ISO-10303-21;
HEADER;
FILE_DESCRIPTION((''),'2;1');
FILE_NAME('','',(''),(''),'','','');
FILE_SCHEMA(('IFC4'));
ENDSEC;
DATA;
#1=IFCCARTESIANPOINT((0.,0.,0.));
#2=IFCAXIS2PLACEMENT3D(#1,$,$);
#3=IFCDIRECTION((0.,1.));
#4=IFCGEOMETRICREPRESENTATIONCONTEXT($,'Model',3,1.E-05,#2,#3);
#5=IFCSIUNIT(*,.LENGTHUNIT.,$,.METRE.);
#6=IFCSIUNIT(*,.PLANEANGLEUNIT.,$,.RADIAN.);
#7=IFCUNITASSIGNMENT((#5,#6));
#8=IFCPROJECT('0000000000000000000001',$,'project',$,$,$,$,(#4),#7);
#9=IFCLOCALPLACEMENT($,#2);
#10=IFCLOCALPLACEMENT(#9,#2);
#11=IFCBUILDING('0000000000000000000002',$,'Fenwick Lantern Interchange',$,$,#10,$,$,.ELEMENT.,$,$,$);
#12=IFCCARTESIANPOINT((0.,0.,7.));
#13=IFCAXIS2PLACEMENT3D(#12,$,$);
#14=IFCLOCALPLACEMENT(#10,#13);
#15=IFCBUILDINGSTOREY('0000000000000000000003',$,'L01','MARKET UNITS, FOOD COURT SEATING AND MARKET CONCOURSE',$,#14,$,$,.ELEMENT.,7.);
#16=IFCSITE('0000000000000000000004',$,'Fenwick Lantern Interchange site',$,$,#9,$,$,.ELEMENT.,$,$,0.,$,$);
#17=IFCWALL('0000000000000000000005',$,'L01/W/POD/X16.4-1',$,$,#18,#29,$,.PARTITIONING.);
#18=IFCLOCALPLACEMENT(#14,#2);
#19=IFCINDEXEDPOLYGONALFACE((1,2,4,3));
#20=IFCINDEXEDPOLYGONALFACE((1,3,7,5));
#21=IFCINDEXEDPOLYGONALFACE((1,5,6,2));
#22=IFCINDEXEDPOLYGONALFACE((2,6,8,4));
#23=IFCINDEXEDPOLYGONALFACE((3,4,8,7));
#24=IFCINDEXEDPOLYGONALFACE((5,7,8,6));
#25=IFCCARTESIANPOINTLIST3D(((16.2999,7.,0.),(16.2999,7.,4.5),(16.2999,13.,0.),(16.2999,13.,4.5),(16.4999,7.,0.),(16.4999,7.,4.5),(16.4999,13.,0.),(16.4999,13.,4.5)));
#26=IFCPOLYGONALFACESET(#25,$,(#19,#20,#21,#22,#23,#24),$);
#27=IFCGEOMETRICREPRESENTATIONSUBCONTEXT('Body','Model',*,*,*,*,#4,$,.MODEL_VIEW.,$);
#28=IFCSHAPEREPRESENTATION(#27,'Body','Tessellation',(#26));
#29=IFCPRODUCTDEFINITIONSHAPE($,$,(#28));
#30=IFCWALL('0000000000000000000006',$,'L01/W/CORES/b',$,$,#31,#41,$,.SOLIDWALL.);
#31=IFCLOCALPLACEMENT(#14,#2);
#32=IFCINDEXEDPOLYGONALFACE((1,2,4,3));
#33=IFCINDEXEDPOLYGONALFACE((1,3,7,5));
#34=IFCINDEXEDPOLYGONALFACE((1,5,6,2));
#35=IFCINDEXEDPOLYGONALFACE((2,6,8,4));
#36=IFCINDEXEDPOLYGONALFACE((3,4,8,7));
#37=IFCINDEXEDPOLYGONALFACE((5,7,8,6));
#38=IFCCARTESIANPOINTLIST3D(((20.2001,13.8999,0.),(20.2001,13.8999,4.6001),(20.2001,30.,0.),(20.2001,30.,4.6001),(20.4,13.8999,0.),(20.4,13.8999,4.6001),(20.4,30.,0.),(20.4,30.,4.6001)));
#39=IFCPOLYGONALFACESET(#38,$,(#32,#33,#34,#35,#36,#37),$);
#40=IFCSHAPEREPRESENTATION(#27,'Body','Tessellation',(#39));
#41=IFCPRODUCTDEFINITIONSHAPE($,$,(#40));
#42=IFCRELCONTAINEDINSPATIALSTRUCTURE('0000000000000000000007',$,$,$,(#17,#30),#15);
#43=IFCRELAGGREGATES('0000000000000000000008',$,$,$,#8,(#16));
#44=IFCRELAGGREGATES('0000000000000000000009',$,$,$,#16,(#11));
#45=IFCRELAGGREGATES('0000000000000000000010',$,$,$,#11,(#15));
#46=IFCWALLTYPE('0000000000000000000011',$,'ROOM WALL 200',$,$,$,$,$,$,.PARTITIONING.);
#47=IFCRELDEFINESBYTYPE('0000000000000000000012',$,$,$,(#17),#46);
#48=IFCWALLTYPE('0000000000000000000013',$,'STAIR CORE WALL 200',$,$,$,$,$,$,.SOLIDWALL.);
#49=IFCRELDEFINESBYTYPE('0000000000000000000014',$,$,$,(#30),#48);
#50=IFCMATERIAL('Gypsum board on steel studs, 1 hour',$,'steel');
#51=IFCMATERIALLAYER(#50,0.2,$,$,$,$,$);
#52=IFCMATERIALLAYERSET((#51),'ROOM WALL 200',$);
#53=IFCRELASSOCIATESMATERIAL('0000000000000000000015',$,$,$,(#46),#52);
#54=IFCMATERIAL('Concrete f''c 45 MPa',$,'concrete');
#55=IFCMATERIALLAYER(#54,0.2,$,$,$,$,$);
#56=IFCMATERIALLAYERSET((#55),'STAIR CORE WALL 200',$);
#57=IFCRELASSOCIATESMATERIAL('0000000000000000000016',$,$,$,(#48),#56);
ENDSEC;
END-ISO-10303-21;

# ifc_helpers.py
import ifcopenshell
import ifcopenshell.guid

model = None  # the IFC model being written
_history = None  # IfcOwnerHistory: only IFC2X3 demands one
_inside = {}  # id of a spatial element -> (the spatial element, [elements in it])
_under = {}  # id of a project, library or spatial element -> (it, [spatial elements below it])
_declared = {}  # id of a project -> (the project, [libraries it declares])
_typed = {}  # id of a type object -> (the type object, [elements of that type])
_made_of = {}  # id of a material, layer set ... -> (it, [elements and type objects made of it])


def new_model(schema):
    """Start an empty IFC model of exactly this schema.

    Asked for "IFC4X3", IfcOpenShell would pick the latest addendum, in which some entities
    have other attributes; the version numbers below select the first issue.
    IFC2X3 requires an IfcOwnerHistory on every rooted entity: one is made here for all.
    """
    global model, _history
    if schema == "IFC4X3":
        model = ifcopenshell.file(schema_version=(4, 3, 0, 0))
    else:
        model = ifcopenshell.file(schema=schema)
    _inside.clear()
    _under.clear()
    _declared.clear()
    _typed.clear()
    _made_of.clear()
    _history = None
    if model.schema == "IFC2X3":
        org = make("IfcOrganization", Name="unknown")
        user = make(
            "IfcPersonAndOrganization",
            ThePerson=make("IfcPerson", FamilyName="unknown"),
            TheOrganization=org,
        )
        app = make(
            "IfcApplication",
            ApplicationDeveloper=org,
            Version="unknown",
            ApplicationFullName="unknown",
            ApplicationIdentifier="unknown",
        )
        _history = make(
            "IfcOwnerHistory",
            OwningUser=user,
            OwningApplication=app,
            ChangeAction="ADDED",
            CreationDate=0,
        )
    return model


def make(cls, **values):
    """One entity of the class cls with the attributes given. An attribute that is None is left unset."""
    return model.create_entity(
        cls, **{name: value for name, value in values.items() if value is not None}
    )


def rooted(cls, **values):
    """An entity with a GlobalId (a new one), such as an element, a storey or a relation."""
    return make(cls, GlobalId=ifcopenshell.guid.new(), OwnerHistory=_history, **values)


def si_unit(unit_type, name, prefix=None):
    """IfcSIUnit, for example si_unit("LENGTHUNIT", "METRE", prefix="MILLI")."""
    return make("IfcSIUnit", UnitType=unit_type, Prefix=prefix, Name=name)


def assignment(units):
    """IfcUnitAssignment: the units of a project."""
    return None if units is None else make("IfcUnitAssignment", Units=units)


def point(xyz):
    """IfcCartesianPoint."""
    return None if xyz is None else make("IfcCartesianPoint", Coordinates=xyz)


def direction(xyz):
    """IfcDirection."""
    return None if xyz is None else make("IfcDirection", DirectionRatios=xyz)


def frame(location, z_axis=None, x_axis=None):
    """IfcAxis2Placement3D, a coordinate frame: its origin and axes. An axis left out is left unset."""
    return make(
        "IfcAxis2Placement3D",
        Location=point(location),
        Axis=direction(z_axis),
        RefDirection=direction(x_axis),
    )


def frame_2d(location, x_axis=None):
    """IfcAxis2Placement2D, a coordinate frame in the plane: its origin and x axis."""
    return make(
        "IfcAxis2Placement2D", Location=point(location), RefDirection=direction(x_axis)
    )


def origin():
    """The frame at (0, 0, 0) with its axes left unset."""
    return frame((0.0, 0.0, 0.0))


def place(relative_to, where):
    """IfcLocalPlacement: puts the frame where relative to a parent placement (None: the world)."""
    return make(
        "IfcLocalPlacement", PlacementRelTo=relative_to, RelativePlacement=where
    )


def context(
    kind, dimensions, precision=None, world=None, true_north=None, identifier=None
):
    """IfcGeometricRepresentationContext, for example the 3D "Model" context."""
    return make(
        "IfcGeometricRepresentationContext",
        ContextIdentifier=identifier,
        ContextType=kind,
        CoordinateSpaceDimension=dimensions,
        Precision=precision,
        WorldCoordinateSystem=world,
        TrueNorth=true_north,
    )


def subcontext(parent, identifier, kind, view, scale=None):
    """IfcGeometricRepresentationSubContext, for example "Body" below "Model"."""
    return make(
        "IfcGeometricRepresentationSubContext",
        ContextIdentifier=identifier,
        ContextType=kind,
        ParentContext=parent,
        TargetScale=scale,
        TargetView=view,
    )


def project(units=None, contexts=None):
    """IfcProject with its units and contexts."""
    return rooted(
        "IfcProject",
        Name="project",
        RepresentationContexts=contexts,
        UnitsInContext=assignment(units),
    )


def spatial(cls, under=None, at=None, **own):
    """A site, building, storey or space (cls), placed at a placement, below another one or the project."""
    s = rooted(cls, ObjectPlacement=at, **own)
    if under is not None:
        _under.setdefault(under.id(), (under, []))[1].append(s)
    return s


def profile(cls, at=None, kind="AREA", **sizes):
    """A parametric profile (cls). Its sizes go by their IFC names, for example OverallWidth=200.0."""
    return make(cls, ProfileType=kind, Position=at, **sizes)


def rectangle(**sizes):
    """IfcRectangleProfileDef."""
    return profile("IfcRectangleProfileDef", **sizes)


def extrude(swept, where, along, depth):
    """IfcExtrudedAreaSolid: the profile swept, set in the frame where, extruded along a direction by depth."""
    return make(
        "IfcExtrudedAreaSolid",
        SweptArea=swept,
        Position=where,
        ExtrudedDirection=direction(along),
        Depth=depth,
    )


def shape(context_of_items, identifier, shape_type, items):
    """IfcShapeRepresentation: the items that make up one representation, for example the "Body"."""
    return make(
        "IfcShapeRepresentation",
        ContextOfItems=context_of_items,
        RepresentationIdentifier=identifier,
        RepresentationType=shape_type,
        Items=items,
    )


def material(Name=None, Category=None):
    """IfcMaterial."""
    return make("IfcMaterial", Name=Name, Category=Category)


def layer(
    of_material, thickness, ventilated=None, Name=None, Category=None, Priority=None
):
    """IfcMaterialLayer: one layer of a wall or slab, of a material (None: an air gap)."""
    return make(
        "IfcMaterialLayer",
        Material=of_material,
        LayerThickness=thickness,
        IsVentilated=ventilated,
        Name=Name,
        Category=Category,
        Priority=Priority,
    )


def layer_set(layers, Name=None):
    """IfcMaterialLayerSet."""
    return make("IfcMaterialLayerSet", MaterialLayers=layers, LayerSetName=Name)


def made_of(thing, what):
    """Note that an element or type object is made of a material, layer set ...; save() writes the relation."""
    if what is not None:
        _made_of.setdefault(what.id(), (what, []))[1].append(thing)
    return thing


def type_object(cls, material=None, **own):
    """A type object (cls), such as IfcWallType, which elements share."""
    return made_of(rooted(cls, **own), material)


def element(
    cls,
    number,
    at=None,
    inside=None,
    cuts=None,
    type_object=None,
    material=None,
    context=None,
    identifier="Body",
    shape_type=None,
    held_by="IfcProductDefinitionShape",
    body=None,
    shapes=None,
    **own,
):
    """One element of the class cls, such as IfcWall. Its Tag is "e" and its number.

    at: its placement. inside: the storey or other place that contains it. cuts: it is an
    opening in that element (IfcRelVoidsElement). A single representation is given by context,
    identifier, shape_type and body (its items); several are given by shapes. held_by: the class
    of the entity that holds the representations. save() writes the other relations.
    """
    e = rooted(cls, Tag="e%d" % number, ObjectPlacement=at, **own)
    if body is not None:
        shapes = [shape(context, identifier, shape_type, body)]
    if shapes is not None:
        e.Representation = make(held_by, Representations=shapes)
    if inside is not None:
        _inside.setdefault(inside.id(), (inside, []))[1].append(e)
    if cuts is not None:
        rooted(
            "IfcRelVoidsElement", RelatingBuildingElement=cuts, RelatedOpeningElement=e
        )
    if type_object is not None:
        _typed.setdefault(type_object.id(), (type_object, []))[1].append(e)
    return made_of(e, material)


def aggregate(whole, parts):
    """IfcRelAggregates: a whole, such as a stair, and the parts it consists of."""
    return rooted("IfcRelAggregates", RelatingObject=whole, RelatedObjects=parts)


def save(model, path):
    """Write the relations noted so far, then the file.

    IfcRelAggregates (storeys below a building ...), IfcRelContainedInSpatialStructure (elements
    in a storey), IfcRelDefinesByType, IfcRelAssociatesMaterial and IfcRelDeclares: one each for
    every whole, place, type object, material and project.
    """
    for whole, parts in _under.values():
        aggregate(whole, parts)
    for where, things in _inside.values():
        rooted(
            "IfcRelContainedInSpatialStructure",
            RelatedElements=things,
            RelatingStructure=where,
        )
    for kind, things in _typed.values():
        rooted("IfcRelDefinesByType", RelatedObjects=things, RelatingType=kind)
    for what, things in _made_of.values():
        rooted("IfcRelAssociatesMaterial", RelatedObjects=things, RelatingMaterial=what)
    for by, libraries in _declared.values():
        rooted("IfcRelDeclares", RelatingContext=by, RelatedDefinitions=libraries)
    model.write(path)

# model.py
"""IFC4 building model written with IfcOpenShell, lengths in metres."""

from ifc_helpers import new_model, si_unit, direction, frame, frame_2d, origin, place, context, subcontext, project, spatial, rectangle, extrude, material, layer, layer_set, type_object, element, save


model = new_model("IFC4")

# Units and contexts
model_context = context("Model", 3, precision=1e-05, world=origin(), true_north=direction((0.0, 1.0)))
body_context = subcontext(model_context, "Body", "Model", "MODEL_VIEW")
ifc_project = project(units=[si_unit("LENGTHUNIT", "METRE"), si_unit("PLANEANGLEUNIT", "RADIAN")], contexts=[model_context])

# Site, building, storey
site_placement = place(None, origin())
site = spatial("IfcSite", under=ifc_project, at=site_placement, Name="Fenwick Lantern Interchange site", CompositionType="ELEMENT", RefElevation=0.0)
building_placement = place(site_placement, origin())
building = spatial("IfcBuilding", under=site, at=building_placement, Name="Fenwick Lantern Interchange", CompositionType="ELEMENT")
storey_placement = place(building_placement, frame((0.0, 0.0, 7.0)))
storey = spatial("IfcBuildingStorey", under=building, at=storey_placement, Name="L01", Description="MARKET UNITS, FOOD COURT SEATING AND MARKET CONCOURSE", CompositionType="ELEMENT", Elevation=7.0)

# Walls
ifc_material_1 = material(Name="Gypsum board on steel studs, 1 hour", Category="steel")
ifc_layer_1 = layer(ifc_material_1, 0.2)
ifc_layer_set_1 = layer_set([ifc_layer_1], Name="ROOM WALL 200")
wall_type_1 = type_object("IfcWallType", Name="ROOM WALL 200", PredefinedType="PARTITIONING", material=ifc_layer_set_1)
wall_1_placement = place(storey_placement, frame((16.3999, 7.0, 0.0), z_axis=(0.0, 0.0, 1.0), x_axis=(0.0, 1.0, 0.0)))
element("IfcWall", 1, at=wall_1_placement, inside=storey, type_object=wall_type_1, Name="L01/W/POD/X16.4-1", PredefinedType="PARTITIONING", context=body_context, shape_type="SweptSolid", body=[
    extrude(rectangle(XDim=6.0, YDim=0.2, at=frame_2d((3.0, 0.0))), origin(), (0.0, 0.0, 1.0), 4.5),
])
ifc_material_2 = material(Name="Concrete f'c 45 MPa", Category="concrete")
ifc_layer_2 = layer(ifc_material_2, 0.2)
ifc_layer_set_2 = layer_set([ifc_layer_2], Name="STAIR CORE WALL 200")
wall_type_2 = type_object("IfcWallType", Name="STAIR CORE WALL 200", PredefinedType="SOLIDWALL", material=ifc_layer_set_2)
wall_2_placement = place(storey_placement, frame((20.3, 13.8999, 0.0), z_axis=(0.0, 0.0, 1.0), x_axis=(0.0, 1.0, 0.0)))
element("IfcWall", 2, at=wall_2_placement, inside=storey, type_object=wall_type_2, Name="L01/W/CORES/b", PredefinedType="SOLIDWALL", context=body_context, shape_type="SweptSolid", body=[
    extrude(rectangle(XDim=16.1001, YDim=0.2, at=frame_2d((8.05, 0.0))), origin(), (0.0, 0.0, 1.0), 4.6001),
])

save(model, "model.ifc")
